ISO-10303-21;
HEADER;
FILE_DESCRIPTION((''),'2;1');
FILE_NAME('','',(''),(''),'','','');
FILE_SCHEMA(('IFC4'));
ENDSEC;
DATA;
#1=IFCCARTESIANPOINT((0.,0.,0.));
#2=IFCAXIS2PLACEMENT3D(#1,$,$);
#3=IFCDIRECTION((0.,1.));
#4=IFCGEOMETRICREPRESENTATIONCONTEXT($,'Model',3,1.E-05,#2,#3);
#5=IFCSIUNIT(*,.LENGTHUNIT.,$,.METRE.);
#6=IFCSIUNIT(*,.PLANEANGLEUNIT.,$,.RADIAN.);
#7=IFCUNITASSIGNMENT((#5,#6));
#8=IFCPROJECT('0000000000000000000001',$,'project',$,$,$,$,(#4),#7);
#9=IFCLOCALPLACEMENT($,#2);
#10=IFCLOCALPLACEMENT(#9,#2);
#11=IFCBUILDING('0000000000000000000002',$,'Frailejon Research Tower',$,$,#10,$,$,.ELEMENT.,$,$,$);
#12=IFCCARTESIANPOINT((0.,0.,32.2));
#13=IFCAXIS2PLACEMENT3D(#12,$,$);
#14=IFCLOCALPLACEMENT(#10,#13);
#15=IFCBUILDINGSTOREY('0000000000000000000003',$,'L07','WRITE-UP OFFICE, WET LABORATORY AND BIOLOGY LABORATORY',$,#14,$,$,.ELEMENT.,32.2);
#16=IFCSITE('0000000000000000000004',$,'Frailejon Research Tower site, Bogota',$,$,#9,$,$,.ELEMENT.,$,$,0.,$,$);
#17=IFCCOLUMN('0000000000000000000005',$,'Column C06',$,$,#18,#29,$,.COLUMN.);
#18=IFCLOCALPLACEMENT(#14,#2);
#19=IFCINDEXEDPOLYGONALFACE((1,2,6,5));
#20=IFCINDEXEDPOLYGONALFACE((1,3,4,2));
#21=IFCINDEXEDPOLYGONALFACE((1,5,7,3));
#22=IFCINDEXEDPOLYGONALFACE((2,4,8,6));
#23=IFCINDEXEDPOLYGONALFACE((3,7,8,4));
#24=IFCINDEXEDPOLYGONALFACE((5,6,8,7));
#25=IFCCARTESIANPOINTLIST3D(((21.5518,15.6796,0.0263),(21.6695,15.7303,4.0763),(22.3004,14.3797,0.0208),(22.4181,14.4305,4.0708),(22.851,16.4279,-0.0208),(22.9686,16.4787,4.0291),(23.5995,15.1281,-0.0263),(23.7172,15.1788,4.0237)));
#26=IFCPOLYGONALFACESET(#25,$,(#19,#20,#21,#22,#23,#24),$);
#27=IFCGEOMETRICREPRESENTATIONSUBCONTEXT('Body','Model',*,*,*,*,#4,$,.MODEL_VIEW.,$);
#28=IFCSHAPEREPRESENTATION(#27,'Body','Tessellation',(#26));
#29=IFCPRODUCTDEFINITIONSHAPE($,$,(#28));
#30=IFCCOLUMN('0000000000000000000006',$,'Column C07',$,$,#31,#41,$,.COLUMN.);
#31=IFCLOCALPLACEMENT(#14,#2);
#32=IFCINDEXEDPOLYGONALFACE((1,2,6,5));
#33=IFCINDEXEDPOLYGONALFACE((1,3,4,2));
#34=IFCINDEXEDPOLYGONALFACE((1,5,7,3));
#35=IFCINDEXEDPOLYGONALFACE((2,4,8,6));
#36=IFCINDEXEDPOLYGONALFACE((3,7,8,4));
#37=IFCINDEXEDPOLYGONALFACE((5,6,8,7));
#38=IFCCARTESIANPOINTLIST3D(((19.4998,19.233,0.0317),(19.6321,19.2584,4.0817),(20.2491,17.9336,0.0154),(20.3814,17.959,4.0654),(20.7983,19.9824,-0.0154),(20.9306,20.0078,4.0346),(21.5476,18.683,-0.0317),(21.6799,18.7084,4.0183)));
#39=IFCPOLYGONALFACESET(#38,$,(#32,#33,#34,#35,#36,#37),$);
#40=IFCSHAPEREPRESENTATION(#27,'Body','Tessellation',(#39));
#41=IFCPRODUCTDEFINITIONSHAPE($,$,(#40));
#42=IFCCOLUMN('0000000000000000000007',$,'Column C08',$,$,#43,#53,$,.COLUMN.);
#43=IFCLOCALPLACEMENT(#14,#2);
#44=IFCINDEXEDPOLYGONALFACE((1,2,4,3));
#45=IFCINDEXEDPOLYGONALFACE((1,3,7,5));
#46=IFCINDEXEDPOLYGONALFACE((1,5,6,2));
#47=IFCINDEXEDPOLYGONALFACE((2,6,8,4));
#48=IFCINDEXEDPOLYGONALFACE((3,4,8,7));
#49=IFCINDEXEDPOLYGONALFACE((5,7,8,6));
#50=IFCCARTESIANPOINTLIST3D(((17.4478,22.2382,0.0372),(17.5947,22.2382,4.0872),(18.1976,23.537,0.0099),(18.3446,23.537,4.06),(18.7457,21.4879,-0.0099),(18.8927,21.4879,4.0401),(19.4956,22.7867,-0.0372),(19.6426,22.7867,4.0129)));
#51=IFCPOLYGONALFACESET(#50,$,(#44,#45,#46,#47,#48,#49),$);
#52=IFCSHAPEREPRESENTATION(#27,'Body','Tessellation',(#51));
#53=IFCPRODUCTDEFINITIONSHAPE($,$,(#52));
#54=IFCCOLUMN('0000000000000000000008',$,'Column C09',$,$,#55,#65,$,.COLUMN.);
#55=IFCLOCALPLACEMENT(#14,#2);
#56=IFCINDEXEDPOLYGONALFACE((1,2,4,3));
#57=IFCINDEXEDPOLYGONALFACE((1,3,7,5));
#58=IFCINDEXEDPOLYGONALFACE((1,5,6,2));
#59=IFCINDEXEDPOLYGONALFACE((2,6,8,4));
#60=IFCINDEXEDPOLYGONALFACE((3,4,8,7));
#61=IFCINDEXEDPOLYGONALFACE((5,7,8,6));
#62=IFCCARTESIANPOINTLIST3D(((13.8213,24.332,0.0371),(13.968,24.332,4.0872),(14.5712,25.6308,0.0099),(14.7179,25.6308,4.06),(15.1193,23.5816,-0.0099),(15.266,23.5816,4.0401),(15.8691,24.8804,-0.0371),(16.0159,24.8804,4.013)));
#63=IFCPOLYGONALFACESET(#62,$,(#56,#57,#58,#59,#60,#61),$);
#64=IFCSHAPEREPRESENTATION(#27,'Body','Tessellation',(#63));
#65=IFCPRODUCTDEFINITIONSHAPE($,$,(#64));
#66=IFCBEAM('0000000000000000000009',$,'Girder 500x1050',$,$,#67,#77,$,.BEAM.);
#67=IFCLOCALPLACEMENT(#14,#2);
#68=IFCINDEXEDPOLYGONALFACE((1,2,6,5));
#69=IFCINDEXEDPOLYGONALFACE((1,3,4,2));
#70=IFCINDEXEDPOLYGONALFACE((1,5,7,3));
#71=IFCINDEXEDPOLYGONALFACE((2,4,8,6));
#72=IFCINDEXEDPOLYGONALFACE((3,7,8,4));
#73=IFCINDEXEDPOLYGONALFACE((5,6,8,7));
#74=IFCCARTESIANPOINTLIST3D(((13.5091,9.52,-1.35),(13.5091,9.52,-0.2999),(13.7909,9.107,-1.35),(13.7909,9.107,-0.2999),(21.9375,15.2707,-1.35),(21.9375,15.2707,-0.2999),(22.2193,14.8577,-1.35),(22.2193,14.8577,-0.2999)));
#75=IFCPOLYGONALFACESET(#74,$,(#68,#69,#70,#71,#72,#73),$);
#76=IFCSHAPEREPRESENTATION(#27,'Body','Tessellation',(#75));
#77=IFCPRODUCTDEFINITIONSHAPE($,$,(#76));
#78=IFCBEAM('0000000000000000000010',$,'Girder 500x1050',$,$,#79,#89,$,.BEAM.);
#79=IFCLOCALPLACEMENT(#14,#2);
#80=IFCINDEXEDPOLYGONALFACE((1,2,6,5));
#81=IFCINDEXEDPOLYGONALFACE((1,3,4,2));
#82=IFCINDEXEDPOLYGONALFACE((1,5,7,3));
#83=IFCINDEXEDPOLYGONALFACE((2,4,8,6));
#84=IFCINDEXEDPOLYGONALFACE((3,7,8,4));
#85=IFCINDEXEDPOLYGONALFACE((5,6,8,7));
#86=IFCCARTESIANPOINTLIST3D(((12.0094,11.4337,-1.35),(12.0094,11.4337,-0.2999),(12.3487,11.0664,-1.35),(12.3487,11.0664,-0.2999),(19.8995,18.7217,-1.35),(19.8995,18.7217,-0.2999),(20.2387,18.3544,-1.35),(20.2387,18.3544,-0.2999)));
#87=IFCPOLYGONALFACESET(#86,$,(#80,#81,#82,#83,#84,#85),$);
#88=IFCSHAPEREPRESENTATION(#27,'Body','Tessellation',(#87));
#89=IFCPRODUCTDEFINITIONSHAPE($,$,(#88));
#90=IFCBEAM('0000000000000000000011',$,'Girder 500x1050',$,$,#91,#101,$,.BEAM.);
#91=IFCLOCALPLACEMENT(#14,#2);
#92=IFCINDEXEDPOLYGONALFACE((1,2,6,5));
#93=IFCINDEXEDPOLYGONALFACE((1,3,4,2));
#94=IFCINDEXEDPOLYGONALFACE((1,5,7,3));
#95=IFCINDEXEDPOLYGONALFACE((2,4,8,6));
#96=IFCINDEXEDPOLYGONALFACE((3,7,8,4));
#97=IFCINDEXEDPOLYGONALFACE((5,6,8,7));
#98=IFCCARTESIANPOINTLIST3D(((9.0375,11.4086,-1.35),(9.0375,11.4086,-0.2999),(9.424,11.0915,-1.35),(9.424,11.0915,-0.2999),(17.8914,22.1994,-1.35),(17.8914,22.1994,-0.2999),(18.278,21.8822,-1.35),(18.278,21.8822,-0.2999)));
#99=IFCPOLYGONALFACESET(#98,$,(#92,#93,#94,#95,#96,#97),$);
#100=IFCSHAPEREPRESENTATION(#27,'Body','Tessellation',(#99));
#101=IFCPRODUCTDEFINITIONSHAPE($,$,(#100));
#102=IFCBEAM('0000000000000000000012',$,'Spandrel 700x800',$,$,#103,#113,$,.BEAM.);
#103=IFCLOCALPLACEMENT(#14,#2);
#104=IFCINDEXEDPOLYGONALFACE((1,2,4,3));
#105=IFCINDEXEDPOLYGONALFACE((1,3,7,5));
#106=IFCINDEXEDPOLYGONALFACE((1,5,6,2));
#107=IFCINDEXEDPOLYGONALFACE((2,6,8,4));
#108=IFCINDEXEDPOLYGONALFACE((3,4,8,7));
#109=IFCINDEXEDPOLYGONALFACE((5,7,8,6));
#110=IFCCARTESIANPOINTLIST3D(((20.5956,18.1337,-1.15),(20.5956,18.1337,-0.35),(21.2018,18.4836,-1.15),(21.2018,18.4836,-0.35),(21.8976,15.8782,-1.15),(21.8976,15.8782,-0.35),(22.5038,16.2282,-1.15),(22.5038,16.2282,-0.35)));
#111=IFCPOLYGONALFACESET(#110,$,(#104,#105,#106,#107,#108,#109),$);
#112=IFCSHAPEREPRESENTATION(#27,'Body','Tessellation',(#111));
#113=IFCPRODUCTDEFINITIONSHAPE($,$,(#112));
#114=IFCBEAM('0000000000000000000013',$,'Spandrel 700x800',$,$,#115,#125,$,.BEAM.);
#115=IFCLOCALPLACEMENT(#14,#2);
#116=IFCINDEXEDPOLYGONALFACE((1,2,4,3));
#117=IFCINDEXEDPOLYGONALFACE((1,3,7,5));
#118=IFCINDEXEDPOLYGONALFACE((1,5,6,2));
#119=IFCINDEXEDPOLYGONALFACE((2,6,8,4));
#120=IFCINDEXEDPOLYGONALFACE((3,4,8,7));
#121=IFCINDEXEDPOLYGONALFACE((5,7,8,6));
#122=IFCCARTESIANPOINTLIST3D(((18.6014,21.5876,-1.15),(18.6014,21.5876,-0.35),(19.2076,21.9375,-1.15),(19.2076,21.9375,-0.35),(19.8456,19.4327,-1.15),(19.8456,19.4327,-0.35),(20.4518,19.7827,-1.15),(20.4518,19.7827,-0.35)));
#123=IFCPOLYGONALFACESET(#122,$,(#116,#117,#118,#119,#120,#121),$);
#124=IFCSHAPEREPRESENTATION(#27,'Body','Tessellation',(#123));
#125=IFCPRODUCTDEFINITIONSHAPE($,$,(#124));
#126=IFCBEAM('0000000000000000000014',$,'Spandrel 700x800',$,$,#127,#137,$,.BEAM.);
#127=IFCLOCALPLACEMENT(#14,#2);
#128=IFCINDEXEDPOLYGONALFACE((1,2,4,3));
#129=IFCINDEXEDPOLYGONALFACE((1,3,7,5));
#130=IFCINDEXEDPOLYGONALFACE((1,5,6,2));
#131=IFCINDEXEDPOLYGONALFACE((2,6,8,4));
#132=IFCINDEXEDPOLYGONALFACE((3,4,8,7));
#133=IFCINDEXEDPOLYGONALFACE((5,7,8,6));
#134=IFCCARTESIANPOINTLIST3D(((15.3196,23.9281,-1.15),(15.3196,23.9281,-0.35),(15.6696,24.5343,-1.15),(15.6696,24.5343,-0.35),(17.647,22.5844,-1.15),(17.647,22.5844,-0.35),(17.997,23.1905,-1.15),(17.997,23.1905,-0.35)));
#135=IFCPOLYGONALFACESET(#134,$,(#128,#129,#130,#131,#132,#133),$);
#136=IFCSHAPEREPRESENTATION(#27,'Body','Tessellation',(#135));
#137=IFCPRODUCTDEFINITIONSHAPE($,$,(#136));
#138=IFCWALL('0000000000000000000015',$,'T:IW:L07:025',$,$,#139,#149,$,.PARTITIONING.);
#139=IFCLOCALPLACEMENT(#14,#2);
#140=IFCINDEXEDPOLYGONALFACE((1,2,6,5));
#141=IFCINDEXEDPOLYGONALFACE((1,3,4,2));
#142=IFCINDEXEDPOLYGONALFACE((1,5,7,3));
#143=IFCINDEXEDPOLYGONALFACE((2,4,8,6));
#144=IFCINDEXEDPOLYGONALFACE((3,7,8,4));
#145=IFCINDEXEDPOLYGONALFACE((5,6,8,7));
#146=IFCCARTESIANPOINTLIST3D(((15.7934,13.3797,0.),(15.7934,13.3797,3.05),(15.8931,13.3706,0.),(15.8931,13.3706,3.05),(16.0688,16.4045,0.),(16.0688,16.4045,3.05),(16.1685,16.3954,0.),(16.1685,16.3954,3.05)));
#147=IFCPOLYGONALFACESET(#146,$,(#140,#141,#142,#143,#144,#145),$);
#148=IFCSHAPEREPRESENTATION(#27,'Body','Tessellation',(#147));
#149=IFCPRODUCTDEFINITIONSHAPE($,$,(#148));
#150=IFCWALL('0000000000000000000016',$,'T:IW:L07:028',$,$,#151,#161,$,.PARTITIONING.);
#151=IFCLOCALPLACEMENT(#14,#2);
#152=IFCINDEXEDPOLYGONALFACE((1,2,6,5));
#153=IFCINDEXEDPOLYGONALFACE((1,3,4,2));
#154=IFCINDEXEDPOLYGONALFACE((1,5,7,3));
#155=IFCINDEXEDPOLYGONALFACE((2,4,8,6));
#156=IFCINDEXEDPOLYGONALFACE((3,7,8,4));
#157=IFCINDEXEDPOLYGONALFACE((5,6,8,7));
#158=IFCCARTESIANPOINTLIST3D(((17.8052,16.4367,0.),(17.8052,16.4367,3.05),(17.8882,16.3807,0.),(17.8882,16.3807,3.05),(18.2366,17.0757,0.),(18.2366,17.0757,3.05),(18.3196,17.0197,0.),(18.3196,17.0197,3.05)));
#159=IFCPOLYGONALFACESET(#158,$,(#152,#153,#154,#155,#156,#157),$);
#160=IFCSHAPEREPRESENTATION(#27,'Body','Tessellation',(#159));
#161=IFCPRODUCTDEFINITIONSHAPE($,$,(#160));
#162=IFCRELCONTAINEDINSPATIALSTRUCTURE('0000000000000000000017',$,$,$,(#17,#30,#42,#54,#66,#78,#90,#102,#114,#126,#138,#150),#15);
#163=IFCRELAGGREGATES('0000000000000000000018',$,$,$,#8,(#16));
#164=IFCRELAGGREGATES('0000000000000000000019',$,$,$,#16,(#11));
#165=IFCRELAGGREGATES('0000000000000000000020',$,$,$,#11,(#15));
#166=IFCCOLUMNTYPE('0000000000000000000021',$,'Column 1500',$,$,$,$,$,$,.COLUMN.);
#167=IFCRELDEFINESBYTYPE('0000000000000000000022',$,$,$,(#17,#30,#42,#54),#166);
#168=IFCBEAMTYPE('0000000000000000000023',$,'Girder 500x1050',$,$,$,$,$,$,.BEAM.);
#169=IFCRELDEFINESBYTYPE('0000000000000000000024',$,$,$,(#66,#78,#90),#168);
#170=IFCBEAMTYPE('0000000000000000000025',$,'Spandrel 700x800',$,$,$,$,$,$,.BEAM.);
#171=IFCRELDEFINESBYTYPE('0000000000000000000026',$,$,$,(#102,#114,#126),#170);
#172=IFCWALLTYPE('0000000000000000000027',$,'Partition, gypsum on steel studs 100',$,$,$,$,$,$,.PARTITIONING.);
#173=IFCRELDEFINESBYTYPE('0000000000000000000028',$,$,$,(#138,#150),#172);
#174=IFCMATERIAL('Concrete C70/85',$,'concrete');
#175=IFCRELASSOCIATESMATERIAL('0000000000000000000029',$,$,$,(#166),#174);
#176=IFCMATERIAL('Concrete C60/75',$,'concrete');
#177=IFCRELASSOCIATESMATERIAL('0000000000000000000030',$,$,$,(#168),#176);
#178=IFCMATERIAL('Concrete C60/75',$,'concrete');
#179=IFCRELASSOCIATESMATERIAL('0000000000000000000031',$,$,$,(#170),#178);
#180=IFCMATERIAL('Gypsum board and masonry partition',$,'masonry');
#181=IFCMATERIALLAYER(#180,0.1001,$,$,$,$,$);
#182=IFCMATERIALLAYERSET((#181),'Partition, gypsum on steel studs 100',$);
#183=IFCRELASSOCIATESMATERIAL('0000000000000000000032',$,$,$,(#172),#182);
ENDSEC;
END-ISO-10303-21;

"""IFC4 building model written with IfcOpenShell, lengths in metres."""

from ifc_helpers import new_model, si_unit, direction, frame, frame_2d, origin, origin_2d, place, context, subcontext, project, spatial, rectangle, extrude, material, layer, layer_set, material_profile, profile_set, type_object, element, save


model = new_model("IFC4")

# Units and contexts
model_context = context("Model", 3, precision=1e-05, world=origin(), true_north=direction((0.0, 1.0)))
body_context = subcontext(model_context, "Body", "Model", "MODEL_VIEW")
ifc_project = project(units=[si_unit("LENGTHUNIT", "METRE"), si_unit("PLANEANGLEUNIT", "RADIAN")], contexts=[model_context])

# Site, building, storey
site_placement = place(None, origin())
site = spatial("IfcSite", under=ifc_project, at=site_placement, Name="Frailejon Research Tower site, Bogota", CompositionType="ELEMENT", RefElevation=0.0)
building_placement = place(site_placement, origin())
building = spatial("IfcBuilding", under=site, at=building_placement, Name="Frailejon Research Tower", CompositionType="ELEMENT")
storey_placement = place(building_placement, frame((0.0, 0.0, 32.2)))
storey = spatial("IfcBuildingStorey", under=building, at=storey_placement, Name="L07", Description="WRITE-UP OFFICE, WET LABORATORY AND BIOLOGY LABORATORY", CompositionType="ELEMENT", Elevation=32.2)

# Columns
ifc_material_1 = material(Name="Concrete C70/85", Category="concrete")
ifc_material_profile_1 = material_profile(ifc_material_1, rectangle(XDim=1.5, YDim=1.5, at=origin_2d()), Name="Column 1500")
ifc_profile_set_1 = profile_set([ifc_material_profile_1], Name="Concrete C70/85")
column_type = type_object("IfcColumnType", Name="Column 1500", PredefinedType="COLUMN", material=ifc_profile_set_1)
column_1_placement = place(storey_placement, frame((22.5757, 15.4038, 0.0), z_axis=(0.029041, 0.012532, 0.9995), x_axis=(-0.499042, 0.86657, 0.003634)))
element("IfcColumn", 1, at=column_1_placement, inside=storey, type_object=column_type, Name="Column C06", PredefinedType="COLUMN", context=body_context, shape_type="SweptSolid", body=[
    extrude(rectangle(XDim=1.5, YDim=1.5, at=origin_2d()), origin(), (0.0, 0.0, 1.0), 4.052),
])
column_2_placement = place(storey_placement, frame((20.5237, 18.958, 0.0), z_axis=(0.032654, 0.006266, 0.999447), x_axis=(-0.49952, 0.866234, 0.01089)))
element("IfcColumn", 2, at=column_2_placement, inside=storey, type_object=column_type, Name="Column C07", PredefinedType="COLUMN", context=body_context, shape_type="SweptSolid", body=[
    extrude(rectangle(XDim=1.5, YDim=1.5, at=origin_2d()), origin(), (0.0, 0.0, 1.0), 4.0522),
])
for number, where, z_axis, x_axis, name in (
    (3, (18.4717, 22.5125, 0.0), (0.036265, 0.0, 0.999342), (-0.865314, 0.500246, 0.031401), "Column C08"),
    (4, (14.8452, 24.6062, 0.0), (0.036205, 0.0, 0.999344), (-0.865315, 0.500246, 0.031349), "Column C09"),
):
    element("IfcColumn", number, at=place(storey_placement, frame(where, z_axis=z_axis, x_axis=x_axis)), inside=storey, type_object=column_type, Name=name, PredefinedType="COLUMN", context=body_context, shape_type="SweptSolid", body=[
        extrude(rectangle(XDim=1.5, YDim=1.5, at=origin_2d()), origin(), (0.0, 0.0, 1.0), 4.0527),
    ])

# Beams
ifc_material_2 = material(Name="Concrete C60/75", Category="concrete")
ifc_material_profile_2 = material_profile(ifc_material_2, rectangle(XDim=0.5, YDim=1.05, at=origin_2d()), Name="Girder 500x1050")
ifc_profile_set_2 = profile_set([ifc_material_profile_2], Name="Concrete C60/75")
beam_type_1 = type_object("IfcBeamType", Name="Girder 500x1050", PredefinedType="BEAM", material=ifc_profile_set_2)
beam_1_placement = place(storey_placement, frame((22.0784, 15.0642, -0.825), z_axis=(-0.826043, -0.563608, 0.0), x_axis=(0.563608, -0.826043, 0.0)))
element("IfcBeam", 5, at=beam_1_placement, inside=storey, type_object=beam_type_1, Name="Girder 500x1050", PredefinedType="BEAM", context=body_context, shape_type="SweptSolid", body=[
    extrude(rectangle(XDim=0.5, YDim=1.05, at=origin_2d()), origin(), (0.0, 0.0, 1.0), 10.2034),
])
beam_2_placement = place(storey_placement, frame((20.0691, 18.5381, -0.825), z_axis=(-0.734577, -0.678526, 0.0), x_axis=(0.678526, -0.734577, 0.0)))
element("IfcBeam", 6, at=beam_2_placement, inside=storey, type_object=beam_type_1, Name="Girder 500x1050", PredefinedType="BEAM", context=body_context, shape_type="SweptSolid", body=[
    extrude(rectangle(XDim=0.5, YDim=1.05, at=origin_2d()), origin(), (0.0, 0.0, 1.0), 10.741),
])
beam_3_placement = place(storey_placement, frame((18.0847, 22.0408, -0.825), z_axis=(-0.634318, -0.773072, 0.0), x_axis=(0.773072, -0.634318, 0.0)))
element("IfcBeam", 7, at=beam_3_placement, inside=storey, type_object=beam_type_1, Name="Girder 500x1050", PredefinedType="BEAM", context=body_context, shape_type="SweptSolid", body=[
    extrude(rectangle(XDim=0.5, YDim=1.05, at=origin_2d()), origin(), (0.0, 0.0, 1.0), 13.9583),
])
ifc_material_3 = material(Name="Concrete C60/75", Category="concrete")
ifc_material_profile_3 = material_profile(ifc_material_3, rectangle(XDim=0.7, YDim=0.8, at=origin_2d()), Name="Spandrel 700x800")
ifc_profile_set_3 = profile_set([ifc_material_profile_3], Name="Concrete C60/75")
beam_type_2 = type_object("IfcBeamType", Name="Spandrel 700x800", PredefinedType="BEAM", material=ifc_profile_set_3)
beam_4_placement = place(storey_placement, frame((22.2007, 16.0532, -0.75), z_axis=(-0.49996, 0.866048, 0.0), x_axis=(-0.866048, -0.49996, 0.0)))
element("IfcBeam", 8, at=beam_4_placement, inside=storey, type_object=beam_type_2, Name="Spandrel 700x800", PredefinedType="BEAM", context=body_context, shape_type="SweptSolid", body=[
    extrude(rectangle(XDim=0.7, YDim=0.8, at=origin_2d()), origin(), (0.0, 0.0, 1.0), 2.6042),
])
beam_5_placement = place(storey_placement, frame((20.1487, 19.6077, -0.75), z_axis=(-0.500023, 0.866012, 0.0), x_axis=(-0.866012, -0.500023, 0.0)))
element("IfcBeam", 9, at=beam_5_placement, inside=storey, type_object=beam_type_2, Name="Spandrel 700x800", PredefinedType="BEAM", context=body_context, shape_type="SweptSolid", body=[
    extrude(rectangle(XDim=0.7, YDim=0.8, at=origin_2d()), origin(), (0.0, 0.0, 1.0), 2.4883),
])
beam_6_placement = place(storey_placement, frame((17.822, 22.8875, -0.75), z_axis=(-0.866021, 0.500008, 0.0), x_axis=(-0.500008, -0.866021, 0.0)))
element("IfcBeam", 10, at=beam_6_placement, inside=storey, type_object=beam_type_2, Name="Spandrel 700x800", PredefinedType="BEAM", context=body_context, shape_type="SweptSolid", body=[
    extrude(rectangle(XDim=0.7, YDim=0.8, at=origin_2d()), origin(), (0.0, 0.0, 1.0), 2.6875),
])

# Walls
ifc_material_4 = material(Name="Gypsum board and masonry partition", Category="masonry")
ifc_layer_1 = layer(ifc_material_4, 0.1001)
ifc_layer_set_1 = layer_set([ifc_layer_1], Name="Partition, gypsum on steel studs 100")
wall_type_1 = type_object("IfcWallType", Name="Partition, gypsum on steel studs 100", PredefinedType="PARTITIONING", material=ifc_layer_set_1)
wall_1_placement = place(storey_placement, frame((15.8433, 13.3752, 0.0), z_axis=(0.0, 0.0, 1.0), x_axis=(0.090666, 0.995881, 0.0)))
element("IfcWall", 11, at=wall_1_placement, inside=storey, type_object=wall_type_1, Name="T:IW:L07:025", PredefinedType="PARTITIONING", context=body_context, shape_type="SweptSolid", body=[
    extrude(rectangle(XDim=3.0374, YDim=0.1001, at=frame_2d((1.5186, 0.0))), origin(), (0.0, 0.0, 1.0), 3.05),
])
wall_2_placement = place(storey_placement, frame((17.8467, 16.4087, 0.0), z_axis=(0.0, 0.0, 1.0), x_axis=(0.559587, 0.828772, 0.0)))
element("IfcWall", 12, at=wall_2_placement, inside=storey, type_object=wall_type_1, Name="T:IW:L07:028", PredefinedType="PARTITIONING", context=body_context, shape_type="SweptSolid", body=[
    extrude(rectangle(XDim=0.771, YDim=0.1001, at=frame_2d((0.3855, 0.0))), origin(), (0.0, 0.0, 1.0), 3.05),
])

save(model, "model.ifc")
